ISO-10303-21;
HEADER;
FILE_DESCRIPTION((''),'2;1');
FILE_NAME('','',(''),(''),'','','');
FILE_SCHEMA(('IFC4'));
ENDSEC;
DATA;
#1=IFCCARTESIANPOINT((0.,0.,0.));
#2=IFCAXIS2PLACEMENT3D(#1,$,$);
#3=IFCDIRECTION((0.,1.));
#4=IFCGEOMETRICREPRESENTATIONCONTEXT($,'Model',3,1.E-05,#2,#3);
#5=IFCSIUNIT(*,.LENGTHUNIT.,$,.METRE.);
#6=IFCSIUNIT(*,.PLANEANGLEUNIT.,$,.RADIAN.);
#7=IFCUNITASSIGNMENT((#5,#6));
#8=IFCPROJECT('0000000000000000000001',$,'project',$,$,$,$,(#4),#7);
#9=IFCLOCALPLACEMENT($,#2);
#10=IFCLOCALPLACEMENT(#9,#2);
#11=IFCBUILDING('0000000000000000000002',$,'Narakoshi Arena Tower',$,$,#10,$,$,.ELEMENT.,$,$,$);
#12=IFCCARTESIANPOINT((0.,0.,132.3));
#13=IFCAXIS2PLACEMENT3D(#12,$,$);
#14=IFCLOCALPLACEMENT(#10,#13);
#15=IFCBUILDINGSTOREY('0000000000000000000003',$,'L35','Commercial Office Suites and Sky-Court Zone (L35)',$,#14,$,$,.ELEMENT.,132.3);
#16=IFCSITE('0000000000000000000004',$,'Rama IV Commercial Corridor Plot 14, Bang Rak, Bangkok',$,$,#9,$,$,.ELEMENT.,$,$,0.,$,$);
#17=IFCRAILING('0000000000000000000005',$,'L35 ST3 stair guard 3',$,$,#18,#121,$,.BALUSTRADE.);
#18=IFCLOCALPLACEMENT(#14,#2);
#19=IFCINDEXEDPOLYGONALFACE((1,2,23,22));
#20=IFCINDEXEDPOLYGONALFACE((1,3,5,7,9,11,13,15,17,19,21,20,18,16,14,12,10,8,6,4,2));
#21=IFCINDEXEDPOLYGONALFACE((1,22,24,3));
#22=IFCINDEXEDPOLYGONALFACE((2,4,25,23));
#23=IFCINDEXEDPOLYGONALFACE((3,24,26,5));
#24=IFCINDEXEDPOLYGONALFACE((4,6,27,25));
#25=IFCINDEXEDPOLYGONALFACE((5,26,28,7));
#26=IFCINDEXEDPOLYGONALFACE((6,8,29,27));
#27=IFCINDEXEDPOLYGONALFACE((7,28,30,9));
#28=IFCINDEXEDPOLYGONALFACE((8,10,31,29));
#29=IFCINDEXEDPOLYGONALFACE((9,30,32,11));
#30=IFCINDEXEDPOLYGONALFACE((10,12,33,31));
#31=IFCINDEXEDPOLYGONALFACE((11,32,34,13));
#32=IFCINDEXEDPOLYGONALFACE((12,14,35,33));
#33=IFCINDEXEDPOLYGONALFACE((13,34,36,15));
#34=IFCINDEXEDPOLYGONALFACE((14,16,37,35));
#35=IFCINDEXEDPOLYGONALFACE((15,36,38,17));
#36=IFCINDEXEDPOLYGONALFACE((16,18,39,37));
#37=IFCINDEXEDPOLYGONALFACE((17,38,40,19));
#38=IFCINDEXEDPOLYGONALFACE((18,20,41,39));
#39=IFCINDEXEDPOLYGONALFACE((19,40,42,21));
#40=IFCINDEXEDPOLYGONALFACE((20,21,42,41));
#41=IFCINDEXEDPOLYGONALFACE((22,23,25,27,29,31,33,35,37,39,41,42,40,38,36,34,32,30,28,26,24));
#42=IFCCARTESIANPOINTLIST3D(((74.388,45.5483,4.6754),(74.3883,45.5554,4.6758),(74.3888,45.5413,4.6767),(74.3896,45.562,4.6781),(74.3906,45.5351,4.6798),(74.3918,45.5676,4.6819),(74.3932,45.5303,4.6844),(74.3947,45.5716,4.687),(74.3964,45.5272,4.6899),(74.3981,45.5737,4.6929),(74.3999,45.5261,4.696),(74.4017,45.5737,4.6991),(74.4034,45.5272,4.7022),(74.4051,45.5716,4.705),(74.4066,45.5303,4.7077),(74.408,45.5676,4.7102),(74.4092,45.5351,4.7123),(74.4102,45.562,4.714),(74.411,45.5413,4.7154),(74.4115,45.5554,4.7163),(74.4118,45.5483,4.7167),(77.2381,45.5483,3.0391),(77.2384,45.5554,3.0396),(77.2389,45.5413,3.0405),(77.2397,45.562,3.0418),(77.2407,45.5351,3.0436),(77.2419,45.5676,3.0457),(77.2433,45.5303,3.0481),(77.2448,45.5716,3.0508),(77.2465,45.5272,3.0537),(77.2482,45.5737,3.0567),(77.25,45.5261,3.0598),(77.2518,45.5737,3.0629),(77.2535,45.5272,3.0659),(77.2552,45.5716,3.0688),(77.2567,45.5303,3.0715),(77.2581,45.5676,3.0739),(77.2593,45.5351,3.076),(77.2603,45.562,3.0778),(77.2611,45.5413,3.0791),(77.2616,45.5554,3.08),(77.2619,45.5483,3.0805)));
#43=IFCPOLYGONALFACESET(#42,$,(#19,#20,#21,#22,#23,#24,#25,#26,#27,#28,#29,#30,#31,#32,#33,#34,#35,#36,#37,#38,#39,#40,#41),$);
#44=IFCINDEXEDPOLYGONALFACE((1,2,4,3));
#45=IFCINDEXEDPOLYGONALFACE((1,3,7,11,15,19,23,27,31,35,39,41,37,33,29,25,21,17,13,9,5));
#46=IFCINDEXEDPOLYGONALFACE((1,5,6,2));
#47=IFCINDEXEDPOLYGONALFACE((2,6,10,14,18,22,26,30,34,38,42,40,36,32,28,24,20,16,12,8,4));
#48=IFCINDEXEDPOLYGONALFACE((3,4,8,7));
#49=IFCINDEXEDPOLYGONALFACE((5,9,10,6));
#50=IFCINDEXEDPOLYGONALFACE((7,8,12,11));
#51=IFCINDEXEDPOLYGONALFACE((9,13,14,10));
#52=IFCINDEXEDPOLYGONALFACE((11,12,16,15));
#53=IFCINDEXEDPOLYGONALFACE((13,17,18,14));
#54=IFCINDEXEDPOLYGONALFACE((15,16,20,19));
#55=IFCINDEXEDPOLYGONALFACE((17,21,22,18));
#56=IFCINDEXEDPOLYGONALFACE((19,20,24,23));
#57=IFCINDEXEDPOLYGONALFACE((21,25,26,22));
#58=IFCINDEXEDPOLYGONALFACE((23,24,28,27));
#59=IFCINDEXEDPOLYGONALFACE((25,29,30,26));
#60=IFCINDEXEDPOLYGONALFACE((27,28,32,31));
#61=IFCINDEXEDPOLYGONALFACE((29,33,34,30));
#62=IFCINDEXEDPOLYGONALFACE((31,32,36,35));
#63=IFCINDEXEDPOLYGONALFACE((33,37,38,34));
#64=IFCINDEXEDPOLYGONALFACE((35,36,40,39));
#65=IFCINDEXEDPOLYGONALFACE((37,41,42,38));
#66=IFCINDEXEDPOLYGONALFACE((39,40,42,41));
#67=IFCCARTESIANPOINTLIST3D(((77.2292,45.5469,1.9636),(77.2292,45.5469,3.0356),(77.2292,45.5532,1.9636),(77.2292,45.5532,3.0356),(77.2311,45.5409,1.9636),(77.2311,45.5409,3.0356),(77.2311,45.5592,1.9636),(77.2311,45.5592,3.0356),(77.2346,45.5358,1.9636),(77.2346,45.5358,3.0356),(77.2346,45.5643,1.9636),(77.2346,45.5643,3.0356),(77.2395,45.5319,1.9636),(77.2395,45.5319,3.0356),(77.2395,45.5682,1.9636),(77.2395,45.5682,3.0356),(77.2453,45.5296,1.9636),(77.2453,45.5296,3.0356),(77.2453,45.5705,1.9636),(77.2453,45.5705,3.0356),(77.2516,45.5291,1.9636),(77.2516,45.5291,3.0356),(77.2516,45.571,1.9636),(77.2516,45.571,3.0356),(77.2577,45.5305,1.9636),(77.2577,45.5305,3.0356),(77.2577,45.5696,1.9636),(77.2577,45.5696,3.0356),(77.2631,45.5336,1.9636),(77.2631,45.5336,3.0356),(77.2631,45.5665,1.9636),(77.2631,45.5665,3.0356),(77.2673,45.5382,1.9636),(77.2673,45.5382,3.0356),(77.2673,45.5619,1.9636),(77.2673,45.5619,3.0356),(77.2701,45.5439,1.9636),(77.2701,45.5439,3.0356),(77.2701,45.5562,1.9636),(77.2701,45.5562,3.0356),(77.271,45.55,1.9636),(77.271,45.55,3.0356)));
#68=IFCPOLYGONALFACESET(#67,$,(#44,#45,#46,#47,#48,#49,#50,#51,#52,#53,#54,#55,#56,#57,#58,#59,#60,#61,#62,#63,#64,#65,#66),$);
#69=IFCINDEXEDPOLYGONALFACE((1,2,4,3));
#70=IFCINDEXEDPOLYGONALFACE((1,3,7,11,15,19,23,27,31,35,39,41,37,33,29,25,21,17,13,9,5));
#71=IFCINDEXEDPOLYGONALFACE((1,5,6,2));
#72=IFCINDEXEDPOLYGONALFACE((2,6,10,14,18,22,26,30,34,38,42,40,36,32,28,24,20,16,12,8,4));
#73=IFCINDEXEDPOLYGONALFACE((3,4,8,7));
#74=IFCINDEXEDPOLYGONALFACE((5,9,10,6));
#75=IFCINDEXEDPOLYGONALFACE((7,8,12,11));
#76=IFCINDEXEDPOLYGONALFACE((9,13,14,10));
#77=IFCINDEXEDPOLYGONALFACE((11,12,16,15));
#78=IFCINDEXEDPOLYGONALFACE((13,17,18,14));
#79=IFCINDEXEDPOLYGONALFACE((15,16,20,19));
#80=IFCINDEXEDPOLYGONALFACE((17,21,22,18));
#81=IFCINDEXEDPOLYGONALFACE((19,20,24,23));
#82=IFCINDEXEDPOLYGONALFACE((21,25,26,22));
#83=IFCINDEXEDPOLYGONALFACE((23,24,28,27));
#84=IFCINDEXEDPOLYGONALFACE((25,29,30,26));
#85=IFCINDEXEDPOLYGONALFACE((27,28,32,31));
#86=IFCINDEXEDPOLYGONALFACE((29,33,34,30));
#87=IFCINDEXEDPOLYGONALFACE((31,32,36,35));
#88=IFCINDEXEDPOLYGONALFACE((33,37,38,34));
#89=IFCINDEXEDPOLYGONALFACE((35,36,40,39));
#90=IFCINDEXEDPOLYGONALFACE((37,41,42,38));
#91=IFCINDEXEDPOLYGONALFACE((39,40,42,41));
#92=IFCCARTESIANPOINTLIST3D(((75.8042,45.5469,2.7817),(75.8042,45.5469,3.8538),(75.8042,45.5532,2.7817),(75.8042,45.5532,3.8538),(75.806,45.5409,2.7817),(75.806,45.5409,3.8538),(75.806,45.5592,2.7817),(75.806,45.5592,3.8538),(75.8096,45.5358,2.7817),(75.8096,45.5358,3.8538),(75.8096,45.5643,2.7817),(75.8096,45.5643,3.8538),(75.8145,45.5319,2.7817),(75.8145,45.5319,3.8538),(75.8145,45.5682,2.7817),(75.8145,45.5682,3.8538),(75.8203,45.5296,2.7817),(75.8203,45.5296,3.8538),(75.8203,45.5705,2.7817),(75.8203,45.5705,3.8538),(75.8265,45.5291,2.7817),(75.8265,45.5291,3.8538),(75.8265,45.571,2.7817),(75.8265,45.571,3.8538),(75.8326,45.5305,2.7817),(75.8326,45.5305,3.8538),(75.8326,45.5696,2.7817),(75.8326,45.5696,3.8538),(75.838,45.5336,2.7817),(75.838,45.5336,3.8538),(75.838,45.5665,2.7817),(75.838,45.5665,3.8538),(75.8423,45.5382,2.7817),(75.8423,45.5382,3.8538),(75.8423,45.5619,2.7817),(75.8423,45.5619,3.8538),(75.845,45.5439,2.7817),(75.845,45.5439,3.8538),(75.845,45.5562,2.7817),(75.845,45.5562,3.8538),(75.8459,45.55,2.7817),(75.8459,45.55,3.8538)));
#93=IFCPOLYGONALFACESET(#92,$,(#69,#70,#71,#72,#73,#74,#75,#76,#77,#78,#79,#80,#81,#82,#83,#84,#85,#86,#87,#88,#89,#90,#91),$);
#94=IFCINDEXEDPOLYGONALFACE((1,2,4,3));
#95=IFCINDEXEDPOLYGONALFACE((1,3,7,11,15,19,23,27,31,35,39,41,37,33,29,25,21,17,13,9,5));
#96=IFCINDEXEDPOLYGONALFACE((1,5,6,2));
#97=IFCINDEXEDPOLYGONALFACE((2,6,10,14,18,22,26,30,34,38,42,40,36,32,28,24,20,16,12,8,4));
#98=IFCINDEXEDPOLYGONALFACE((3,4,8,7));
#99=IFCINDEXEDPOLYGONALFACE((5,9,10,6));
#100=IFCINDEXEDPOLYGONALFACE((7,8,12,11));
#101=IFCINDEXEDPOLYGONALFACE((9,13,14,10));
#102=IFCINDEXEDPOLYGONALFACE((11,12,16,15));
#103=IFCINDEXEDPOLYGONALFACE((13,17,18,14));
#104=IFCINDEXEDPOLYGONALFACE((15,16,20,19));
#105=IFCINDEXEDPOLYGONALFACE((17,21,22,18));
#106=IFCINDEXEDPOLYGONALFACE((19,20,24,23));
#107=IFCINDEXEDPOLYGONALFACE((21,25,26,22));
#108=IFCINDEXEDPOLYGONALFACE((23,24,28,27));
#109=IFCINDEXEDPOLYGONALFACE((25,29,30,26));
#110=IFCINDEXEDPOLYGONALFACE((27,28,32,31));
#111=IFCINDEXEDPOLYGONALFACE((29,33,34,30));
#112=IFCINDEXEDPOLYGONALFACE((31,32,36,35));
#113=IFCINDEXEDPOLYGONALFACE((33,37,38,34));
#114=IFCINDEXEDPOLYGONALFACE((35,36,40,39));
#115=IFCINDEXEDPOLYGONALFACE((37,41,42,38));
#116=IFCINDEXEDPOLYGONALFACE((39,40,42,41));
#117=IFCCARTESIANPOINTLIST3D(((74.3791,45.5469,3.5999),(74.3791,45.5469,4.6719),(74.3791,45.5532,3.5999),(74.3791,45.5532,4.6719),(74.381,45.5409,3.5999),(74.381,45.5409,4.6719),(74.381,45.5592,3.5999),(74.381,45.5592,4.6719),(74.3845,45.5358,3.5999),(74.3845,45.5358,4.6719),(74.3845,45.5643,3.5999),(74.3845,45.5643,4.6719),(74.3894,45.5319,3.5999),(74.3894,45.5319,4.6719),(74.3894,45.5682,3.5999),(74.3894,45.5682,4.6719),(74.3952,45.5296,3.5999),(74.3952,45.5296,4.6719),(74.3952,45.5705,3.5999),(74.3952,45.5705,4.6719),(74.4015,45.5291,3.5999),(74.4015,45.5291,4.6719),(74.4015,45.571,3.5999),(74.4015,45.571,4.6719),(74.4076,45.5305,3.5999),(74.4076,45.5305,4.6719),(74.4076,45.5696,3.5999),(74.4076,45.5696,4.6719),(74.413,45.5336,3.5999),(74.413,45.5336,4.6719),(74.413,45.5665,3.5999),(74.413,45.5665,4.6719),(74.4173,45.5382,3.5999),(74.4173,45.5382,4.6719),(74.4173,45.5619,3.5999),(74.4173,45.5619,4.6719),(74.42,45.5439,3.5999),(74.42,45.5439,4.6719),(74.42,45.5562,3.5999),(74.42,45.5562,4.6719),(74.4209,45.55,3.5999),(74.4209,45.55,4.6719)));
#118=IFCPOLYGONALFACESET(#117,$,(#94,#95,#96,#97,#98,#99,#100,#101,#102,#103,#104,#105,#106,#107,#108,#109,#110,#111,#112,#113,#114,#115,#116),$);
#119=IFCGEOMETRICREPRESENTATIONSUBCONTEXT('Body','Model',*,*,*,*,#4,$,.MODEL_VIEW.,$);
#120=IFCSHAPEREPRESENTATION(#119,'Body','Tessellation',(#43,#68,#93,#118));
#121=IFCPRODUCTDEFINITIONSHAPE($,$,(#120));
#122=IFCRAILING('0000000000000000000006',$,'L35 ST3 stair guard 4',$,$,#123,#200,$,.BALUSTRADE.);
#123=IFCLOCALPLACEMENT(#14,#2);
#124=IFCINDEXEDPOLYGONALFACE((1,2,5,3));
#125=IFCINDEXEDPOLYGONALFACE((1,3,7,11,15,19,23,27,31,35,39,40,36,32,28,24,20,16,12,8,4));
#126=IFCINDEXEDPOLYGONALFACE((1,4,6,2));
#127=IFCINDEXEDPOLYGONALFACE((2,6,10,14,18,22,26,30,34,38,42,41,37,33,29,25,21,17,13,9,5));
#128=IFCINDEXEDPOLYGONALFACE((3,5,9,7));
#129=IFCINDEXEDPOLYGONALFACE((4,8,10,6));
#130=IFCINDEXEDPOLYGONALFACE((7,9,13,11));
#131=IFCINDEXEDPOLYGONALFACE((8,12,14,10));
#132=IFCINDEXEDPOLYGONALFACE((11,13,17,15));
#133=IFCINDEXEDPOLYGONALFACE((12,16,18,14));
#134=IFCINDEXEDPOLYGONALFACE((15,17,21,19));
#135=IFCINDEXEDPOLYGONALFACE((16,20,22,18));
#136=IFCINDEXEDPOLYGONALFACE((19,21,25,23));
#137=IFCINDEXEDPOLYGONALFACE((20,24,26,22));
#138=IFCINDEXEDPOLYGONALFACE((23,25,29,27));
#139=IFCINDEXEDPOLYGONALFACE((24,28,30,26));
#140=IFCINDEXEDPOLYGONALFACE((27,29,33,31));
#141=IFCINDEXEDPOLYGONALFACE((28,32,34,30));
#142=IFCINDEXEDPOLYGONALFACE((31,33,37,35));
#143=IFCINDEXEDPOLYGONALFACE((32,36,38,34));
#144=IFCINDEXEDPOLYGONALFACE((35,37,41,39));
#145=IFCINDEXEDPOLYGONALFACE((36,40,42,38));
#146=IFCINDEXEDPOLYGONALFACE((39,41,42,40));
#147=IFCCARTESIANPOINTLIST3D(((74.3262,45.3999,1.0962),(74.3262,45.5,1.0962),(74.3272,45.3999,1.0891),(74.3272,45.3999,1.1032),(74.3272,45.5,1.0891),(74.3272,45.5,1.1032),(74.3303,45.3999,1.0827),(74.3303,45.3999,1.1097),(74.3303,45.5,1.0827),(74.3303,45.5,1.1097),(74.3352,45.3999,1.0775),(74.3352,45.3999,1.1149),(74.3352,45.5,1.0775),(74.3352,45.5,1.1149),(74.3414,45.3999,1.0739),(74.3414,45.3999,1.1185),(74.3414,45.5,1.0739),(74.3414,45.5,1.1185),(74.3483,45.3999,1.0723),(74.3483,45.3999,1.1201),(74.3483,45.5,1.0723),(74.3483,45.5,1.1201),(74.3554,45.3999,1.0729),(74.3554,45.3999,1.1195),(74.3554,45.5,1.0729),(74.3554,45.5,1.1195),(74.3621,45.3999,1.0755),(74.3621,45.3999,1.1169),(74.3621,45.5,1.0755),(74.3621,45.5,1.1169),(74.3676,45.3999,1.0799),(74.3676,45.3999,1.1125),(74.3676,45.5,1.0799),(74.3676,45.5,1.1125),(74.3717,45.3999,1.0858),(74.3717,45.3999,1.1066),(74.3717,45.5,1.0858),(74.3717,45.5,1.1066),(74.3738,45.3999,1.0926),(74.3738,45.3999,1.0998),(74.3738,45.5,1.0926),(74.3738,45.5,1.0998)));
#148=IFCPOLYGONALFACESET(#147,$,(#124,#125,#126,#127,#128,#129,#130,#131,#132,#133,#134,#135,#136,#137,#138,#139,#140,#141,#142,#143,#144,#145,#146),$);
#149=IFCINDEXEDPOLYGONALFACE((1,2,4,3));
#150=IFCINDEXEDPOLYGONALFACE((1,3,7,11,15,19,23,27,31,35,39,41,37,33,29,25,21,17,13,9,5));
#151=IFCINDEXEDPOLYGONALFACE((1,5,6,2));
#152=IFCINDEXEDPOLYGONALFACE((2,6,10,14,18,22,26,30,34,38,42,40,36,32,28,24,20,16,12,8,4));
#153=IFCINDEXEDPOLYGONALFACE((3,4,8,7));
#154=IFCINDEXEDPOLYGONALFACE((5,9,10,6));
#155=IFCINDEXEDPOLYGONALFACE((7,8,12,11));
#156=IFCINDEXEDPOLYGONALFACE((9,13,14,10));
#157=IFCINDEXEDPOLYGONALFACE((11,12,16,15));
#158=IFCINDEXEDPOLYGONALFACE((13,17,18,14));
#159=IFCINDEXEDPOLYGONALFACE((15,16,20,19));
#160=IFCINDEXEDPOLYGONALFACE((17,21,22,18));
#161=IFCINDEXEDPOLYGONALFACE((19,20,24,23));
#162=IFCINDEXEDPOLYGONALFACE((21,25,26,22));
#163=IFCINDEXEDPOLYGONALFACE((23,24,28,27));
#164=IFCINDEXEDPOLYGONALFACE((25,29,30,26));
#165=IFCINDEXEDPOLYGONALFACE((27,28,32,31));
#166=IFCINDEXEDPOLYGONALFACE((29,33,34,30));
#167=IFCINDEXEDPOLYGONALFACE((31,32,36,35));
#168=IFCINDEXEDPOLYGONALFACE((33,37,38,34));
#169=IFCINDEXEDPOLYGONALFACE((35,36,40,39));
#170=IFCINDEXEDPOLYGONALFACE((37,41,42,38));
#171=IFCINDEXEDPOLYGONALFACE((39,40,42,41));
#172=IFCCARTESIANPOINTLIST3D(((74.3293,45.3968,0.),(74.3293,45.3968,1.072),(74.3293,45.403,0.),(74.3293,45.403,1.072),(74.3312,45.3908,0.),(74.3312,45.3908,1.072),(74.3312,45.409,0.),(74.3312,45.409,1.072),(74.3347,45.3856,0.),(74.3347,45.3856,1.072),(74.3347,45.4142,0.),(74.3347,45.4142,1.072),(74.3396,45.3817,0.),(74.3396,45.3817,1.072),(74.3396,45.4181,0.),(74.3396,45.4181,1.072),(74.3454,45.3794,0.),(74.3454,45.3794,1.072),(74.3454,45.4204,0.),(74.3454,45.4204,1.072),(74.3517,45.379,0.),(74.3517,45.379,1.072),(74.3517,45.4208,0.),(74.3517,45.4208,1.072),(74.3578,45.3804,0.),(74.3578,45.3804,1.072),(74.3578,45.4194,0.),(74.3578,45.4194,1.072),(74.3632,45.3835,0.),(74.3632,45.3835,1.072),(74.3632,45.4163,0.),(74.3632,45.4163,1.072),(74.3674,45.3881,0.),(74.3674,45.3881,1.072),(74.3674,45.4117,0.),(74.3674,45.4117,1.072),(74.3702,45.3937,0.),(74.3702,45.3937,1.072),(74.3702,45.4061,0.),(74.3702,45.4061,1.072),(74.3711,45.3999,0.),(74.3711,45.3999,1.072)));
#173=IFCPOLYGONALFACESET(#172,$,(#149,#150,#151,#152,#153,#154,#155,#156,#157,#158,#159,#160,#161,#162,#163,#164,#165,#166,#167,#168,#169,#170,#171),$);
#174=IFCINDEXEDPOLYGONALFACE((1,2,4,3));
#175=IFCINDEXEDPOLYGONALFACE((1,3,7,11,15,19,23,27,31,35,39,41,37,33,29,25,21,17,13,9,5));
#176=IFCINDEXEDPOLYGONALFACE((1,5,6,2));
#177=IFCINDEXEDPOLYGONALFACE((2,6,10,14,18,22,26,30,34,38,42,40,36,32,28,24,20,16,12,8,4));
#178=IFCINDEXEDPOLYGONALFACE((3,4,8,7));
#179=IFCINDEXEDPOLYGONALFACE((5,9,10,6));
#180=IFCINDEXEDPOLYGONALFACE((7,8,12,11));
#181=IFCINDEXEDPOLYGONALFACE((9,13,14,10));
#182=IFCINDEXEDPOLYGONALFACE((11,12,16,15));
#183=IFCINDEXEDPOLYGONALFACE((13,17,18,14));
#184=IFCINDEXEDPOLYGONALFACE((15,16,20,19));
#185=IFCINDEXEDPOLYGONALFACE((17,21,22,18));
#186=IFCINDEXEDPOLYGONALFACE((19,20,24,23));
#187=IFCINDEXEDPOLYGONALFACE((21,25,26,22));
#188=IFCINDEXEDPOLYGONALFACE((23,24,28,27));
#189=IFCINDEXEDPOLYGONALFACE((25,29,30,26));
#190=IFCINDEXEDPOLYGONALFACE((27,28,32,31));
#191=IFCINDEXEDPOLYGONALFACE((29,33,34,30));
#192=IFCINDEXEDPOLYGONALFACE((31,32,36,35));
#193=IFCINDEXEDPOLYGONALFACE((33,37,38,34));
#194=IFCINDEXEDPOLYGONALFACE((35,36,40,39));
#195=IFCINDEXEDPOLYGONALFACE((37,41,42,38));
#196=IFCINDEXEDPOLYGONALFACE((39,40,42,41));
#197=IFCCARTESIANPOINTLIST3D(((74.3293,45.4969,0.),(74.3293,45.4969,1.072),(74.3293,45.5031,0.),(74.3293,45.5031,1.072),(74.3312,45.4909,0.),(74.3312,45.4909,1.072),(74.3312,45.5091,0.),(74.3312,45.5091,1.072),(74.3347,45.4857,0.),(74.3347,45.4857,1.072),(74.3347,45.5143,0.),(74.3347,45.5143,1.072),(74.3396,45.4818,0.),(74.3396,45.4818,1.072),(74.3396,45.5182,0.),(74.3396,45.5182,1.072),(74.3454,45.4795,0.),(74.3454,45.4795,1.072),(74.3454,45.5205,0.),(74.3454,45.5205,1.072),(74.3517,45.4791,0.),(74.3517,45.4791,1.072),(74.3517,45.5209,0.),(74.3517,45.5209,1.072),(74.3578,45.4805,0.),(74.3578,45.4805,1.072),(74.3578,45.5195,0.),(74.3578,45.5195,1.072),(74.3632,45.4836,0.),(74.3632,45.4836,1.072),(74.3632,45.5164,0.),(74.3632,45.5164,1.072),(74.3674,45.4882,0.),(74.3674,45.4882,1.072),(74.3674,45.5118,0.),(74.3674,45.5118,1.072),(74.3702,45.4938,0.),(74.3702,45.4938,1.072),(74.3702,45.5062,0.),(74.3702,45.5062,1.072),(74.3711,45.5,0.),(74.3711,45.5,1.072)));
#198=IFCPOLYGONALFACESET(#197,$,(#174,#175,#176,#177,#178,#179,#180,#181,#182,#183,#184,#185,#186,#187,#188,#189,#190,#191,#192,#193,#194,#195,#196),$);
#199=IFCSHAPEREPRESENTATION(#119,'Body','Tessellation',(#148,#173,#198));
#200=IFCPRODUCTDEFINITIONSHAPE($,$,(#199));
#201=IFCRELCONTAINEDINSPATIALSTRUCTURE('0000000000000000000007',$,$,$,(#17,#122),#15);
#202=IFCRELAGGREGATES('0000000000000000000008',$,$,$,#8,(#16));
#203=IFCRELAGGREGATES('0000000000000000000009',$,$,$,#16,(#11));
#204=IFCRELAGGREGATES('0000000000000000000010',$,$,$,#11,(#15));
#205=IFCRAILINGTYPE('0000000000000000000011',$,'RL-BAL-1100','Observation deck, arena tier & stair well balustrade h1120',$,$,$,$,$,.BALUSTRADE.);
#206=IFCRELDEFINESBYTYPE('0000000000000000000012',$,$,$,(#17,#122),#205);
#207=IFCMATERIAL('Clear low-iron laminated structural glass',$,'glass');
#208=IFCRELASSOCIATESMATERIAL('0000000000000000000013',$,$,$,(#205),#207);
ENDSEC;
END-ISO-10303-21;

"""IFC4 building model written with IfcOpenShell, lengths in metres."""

from ifc_helpers import new_model, si_unit, direction, frame, origin, origin_2d, place, context, subcontext, project, spatial, circle, extrude, material, type_object, element, save


model = new_model("IFC4")

# Units and contexts
model_context = context("Model", 3, precision=1e-05, world=origin(), true_north=direction((0.0, 1.0)))
body_context = subcontext(model_context, "Body", "Model", "MODEL_VIEW")
ifc_project = project(units=[si_unit("LENGTHUNIT", "METRE"), si_unit("PLANEANGLEUNIT", "RADIAN")], contexts=[model_context])

# Site, building, storey
site_placement = place(None, origin())
site = spatial("IfcSite", under=ifc_project, at=site_placement, Name="Rama IV Commercial Corridor Plot 14, Bang Rak, Bangkok", CompositionType="ELEMENT", RefElevation=0.0)
building_placement = place(site_placement, origin())
building = spatial("IfcBuilding", under=site, at=building_placement, Name="Narakoshi Arena Tower", CompositionType="ELEMENT")
storey_placement = place(building_placement, frame((0.0, 0.0, 132.3)))
storey = spatial("IfcBuildingStorey", under=building, at=storey_placement, Name="L35", Description="Commercial Office Suites and Sky-Court Zone (L35)", CompositionType="ELEMENT", Elevation=132.3)

# Railings
ifc_material_1 = material(Name="Clear low-iron laminated structural glass", Category="glass")
railing_type_1 = type_object("IfcRailingType", Name="RL-BAL-1100", Description="Observation deck, arena tier & stair well balustrade h1120", PredefinedType="BALUSTRADE", material=ifc_material_1)
railing_1_placement = place(storey_placement, frame((77.25, 45.55, 1.9636)))
element("IfcRailing", 1, at=railing_1_placement, inside=storey, type_object=railing_type_1, Name="L35 ST3 stair guard 3", PredefinedType="BALUSTRADE", context=body_context, shape_type="SweptSolid", body=[
    extrude(circle(Radius=0.0239, at=origin_2d()), frame((0.0, 0.0, 1.0962), z_axis=(-0.867245, 0.0, 0.497882), x_axis=(0.0, -1.0, 0.0)), (0.0, 0.0, 1.0), 3.2864),
    extrude(circle(Radius=0.021, at=origin_2d()), origin(), (0.0, 0.0, 1.0), 1.072),
    extrude(circle(Radius=0.021, at=origin_2d()), frame((-1.425, 0.0, 0.8181)), (0.0, 0.0, 1.0), 1.072),
    extrude(circle(Radius=0.021, at=origin_2d()), frame((-2.8501, 0.0, 1.6362)), (0.0, 0.0, 1.0), 1.072),
])
railing_2_placement = place(storey_placement, frame((74.3501, 45.3999, 0.0)))
element("IfcRailing", 2, at=railing_2_placement, inside=storey, type_object=railing_type_1, Name="L35 ST3 stair guard 4", PredefinedType="BALUSTRADE", context=body_context, shape_type="SweptSolid", body=[
    extrude(circle(Radius=0.0239, at=origin_2d()), frame((0.0, 0.0, 1.0962), z_axis=(0.0, 1.0, 0.0), x_axis=(-1.0, 0.0, 0.0)), (0.0, 0.0, 1.0), 0.1001),
    extrude(circle(Radius=0.021, at=origin_2d()), origin(), (0.0, 0.0, 1.0), 1.072),
    extrude(circle(Radius=0.021, at=origin_2d()), frame((0.0, 0.1001, 0.0)), (0.0, 0.0, 1.0), 1.072),
])

save(model, "model.ifc")
